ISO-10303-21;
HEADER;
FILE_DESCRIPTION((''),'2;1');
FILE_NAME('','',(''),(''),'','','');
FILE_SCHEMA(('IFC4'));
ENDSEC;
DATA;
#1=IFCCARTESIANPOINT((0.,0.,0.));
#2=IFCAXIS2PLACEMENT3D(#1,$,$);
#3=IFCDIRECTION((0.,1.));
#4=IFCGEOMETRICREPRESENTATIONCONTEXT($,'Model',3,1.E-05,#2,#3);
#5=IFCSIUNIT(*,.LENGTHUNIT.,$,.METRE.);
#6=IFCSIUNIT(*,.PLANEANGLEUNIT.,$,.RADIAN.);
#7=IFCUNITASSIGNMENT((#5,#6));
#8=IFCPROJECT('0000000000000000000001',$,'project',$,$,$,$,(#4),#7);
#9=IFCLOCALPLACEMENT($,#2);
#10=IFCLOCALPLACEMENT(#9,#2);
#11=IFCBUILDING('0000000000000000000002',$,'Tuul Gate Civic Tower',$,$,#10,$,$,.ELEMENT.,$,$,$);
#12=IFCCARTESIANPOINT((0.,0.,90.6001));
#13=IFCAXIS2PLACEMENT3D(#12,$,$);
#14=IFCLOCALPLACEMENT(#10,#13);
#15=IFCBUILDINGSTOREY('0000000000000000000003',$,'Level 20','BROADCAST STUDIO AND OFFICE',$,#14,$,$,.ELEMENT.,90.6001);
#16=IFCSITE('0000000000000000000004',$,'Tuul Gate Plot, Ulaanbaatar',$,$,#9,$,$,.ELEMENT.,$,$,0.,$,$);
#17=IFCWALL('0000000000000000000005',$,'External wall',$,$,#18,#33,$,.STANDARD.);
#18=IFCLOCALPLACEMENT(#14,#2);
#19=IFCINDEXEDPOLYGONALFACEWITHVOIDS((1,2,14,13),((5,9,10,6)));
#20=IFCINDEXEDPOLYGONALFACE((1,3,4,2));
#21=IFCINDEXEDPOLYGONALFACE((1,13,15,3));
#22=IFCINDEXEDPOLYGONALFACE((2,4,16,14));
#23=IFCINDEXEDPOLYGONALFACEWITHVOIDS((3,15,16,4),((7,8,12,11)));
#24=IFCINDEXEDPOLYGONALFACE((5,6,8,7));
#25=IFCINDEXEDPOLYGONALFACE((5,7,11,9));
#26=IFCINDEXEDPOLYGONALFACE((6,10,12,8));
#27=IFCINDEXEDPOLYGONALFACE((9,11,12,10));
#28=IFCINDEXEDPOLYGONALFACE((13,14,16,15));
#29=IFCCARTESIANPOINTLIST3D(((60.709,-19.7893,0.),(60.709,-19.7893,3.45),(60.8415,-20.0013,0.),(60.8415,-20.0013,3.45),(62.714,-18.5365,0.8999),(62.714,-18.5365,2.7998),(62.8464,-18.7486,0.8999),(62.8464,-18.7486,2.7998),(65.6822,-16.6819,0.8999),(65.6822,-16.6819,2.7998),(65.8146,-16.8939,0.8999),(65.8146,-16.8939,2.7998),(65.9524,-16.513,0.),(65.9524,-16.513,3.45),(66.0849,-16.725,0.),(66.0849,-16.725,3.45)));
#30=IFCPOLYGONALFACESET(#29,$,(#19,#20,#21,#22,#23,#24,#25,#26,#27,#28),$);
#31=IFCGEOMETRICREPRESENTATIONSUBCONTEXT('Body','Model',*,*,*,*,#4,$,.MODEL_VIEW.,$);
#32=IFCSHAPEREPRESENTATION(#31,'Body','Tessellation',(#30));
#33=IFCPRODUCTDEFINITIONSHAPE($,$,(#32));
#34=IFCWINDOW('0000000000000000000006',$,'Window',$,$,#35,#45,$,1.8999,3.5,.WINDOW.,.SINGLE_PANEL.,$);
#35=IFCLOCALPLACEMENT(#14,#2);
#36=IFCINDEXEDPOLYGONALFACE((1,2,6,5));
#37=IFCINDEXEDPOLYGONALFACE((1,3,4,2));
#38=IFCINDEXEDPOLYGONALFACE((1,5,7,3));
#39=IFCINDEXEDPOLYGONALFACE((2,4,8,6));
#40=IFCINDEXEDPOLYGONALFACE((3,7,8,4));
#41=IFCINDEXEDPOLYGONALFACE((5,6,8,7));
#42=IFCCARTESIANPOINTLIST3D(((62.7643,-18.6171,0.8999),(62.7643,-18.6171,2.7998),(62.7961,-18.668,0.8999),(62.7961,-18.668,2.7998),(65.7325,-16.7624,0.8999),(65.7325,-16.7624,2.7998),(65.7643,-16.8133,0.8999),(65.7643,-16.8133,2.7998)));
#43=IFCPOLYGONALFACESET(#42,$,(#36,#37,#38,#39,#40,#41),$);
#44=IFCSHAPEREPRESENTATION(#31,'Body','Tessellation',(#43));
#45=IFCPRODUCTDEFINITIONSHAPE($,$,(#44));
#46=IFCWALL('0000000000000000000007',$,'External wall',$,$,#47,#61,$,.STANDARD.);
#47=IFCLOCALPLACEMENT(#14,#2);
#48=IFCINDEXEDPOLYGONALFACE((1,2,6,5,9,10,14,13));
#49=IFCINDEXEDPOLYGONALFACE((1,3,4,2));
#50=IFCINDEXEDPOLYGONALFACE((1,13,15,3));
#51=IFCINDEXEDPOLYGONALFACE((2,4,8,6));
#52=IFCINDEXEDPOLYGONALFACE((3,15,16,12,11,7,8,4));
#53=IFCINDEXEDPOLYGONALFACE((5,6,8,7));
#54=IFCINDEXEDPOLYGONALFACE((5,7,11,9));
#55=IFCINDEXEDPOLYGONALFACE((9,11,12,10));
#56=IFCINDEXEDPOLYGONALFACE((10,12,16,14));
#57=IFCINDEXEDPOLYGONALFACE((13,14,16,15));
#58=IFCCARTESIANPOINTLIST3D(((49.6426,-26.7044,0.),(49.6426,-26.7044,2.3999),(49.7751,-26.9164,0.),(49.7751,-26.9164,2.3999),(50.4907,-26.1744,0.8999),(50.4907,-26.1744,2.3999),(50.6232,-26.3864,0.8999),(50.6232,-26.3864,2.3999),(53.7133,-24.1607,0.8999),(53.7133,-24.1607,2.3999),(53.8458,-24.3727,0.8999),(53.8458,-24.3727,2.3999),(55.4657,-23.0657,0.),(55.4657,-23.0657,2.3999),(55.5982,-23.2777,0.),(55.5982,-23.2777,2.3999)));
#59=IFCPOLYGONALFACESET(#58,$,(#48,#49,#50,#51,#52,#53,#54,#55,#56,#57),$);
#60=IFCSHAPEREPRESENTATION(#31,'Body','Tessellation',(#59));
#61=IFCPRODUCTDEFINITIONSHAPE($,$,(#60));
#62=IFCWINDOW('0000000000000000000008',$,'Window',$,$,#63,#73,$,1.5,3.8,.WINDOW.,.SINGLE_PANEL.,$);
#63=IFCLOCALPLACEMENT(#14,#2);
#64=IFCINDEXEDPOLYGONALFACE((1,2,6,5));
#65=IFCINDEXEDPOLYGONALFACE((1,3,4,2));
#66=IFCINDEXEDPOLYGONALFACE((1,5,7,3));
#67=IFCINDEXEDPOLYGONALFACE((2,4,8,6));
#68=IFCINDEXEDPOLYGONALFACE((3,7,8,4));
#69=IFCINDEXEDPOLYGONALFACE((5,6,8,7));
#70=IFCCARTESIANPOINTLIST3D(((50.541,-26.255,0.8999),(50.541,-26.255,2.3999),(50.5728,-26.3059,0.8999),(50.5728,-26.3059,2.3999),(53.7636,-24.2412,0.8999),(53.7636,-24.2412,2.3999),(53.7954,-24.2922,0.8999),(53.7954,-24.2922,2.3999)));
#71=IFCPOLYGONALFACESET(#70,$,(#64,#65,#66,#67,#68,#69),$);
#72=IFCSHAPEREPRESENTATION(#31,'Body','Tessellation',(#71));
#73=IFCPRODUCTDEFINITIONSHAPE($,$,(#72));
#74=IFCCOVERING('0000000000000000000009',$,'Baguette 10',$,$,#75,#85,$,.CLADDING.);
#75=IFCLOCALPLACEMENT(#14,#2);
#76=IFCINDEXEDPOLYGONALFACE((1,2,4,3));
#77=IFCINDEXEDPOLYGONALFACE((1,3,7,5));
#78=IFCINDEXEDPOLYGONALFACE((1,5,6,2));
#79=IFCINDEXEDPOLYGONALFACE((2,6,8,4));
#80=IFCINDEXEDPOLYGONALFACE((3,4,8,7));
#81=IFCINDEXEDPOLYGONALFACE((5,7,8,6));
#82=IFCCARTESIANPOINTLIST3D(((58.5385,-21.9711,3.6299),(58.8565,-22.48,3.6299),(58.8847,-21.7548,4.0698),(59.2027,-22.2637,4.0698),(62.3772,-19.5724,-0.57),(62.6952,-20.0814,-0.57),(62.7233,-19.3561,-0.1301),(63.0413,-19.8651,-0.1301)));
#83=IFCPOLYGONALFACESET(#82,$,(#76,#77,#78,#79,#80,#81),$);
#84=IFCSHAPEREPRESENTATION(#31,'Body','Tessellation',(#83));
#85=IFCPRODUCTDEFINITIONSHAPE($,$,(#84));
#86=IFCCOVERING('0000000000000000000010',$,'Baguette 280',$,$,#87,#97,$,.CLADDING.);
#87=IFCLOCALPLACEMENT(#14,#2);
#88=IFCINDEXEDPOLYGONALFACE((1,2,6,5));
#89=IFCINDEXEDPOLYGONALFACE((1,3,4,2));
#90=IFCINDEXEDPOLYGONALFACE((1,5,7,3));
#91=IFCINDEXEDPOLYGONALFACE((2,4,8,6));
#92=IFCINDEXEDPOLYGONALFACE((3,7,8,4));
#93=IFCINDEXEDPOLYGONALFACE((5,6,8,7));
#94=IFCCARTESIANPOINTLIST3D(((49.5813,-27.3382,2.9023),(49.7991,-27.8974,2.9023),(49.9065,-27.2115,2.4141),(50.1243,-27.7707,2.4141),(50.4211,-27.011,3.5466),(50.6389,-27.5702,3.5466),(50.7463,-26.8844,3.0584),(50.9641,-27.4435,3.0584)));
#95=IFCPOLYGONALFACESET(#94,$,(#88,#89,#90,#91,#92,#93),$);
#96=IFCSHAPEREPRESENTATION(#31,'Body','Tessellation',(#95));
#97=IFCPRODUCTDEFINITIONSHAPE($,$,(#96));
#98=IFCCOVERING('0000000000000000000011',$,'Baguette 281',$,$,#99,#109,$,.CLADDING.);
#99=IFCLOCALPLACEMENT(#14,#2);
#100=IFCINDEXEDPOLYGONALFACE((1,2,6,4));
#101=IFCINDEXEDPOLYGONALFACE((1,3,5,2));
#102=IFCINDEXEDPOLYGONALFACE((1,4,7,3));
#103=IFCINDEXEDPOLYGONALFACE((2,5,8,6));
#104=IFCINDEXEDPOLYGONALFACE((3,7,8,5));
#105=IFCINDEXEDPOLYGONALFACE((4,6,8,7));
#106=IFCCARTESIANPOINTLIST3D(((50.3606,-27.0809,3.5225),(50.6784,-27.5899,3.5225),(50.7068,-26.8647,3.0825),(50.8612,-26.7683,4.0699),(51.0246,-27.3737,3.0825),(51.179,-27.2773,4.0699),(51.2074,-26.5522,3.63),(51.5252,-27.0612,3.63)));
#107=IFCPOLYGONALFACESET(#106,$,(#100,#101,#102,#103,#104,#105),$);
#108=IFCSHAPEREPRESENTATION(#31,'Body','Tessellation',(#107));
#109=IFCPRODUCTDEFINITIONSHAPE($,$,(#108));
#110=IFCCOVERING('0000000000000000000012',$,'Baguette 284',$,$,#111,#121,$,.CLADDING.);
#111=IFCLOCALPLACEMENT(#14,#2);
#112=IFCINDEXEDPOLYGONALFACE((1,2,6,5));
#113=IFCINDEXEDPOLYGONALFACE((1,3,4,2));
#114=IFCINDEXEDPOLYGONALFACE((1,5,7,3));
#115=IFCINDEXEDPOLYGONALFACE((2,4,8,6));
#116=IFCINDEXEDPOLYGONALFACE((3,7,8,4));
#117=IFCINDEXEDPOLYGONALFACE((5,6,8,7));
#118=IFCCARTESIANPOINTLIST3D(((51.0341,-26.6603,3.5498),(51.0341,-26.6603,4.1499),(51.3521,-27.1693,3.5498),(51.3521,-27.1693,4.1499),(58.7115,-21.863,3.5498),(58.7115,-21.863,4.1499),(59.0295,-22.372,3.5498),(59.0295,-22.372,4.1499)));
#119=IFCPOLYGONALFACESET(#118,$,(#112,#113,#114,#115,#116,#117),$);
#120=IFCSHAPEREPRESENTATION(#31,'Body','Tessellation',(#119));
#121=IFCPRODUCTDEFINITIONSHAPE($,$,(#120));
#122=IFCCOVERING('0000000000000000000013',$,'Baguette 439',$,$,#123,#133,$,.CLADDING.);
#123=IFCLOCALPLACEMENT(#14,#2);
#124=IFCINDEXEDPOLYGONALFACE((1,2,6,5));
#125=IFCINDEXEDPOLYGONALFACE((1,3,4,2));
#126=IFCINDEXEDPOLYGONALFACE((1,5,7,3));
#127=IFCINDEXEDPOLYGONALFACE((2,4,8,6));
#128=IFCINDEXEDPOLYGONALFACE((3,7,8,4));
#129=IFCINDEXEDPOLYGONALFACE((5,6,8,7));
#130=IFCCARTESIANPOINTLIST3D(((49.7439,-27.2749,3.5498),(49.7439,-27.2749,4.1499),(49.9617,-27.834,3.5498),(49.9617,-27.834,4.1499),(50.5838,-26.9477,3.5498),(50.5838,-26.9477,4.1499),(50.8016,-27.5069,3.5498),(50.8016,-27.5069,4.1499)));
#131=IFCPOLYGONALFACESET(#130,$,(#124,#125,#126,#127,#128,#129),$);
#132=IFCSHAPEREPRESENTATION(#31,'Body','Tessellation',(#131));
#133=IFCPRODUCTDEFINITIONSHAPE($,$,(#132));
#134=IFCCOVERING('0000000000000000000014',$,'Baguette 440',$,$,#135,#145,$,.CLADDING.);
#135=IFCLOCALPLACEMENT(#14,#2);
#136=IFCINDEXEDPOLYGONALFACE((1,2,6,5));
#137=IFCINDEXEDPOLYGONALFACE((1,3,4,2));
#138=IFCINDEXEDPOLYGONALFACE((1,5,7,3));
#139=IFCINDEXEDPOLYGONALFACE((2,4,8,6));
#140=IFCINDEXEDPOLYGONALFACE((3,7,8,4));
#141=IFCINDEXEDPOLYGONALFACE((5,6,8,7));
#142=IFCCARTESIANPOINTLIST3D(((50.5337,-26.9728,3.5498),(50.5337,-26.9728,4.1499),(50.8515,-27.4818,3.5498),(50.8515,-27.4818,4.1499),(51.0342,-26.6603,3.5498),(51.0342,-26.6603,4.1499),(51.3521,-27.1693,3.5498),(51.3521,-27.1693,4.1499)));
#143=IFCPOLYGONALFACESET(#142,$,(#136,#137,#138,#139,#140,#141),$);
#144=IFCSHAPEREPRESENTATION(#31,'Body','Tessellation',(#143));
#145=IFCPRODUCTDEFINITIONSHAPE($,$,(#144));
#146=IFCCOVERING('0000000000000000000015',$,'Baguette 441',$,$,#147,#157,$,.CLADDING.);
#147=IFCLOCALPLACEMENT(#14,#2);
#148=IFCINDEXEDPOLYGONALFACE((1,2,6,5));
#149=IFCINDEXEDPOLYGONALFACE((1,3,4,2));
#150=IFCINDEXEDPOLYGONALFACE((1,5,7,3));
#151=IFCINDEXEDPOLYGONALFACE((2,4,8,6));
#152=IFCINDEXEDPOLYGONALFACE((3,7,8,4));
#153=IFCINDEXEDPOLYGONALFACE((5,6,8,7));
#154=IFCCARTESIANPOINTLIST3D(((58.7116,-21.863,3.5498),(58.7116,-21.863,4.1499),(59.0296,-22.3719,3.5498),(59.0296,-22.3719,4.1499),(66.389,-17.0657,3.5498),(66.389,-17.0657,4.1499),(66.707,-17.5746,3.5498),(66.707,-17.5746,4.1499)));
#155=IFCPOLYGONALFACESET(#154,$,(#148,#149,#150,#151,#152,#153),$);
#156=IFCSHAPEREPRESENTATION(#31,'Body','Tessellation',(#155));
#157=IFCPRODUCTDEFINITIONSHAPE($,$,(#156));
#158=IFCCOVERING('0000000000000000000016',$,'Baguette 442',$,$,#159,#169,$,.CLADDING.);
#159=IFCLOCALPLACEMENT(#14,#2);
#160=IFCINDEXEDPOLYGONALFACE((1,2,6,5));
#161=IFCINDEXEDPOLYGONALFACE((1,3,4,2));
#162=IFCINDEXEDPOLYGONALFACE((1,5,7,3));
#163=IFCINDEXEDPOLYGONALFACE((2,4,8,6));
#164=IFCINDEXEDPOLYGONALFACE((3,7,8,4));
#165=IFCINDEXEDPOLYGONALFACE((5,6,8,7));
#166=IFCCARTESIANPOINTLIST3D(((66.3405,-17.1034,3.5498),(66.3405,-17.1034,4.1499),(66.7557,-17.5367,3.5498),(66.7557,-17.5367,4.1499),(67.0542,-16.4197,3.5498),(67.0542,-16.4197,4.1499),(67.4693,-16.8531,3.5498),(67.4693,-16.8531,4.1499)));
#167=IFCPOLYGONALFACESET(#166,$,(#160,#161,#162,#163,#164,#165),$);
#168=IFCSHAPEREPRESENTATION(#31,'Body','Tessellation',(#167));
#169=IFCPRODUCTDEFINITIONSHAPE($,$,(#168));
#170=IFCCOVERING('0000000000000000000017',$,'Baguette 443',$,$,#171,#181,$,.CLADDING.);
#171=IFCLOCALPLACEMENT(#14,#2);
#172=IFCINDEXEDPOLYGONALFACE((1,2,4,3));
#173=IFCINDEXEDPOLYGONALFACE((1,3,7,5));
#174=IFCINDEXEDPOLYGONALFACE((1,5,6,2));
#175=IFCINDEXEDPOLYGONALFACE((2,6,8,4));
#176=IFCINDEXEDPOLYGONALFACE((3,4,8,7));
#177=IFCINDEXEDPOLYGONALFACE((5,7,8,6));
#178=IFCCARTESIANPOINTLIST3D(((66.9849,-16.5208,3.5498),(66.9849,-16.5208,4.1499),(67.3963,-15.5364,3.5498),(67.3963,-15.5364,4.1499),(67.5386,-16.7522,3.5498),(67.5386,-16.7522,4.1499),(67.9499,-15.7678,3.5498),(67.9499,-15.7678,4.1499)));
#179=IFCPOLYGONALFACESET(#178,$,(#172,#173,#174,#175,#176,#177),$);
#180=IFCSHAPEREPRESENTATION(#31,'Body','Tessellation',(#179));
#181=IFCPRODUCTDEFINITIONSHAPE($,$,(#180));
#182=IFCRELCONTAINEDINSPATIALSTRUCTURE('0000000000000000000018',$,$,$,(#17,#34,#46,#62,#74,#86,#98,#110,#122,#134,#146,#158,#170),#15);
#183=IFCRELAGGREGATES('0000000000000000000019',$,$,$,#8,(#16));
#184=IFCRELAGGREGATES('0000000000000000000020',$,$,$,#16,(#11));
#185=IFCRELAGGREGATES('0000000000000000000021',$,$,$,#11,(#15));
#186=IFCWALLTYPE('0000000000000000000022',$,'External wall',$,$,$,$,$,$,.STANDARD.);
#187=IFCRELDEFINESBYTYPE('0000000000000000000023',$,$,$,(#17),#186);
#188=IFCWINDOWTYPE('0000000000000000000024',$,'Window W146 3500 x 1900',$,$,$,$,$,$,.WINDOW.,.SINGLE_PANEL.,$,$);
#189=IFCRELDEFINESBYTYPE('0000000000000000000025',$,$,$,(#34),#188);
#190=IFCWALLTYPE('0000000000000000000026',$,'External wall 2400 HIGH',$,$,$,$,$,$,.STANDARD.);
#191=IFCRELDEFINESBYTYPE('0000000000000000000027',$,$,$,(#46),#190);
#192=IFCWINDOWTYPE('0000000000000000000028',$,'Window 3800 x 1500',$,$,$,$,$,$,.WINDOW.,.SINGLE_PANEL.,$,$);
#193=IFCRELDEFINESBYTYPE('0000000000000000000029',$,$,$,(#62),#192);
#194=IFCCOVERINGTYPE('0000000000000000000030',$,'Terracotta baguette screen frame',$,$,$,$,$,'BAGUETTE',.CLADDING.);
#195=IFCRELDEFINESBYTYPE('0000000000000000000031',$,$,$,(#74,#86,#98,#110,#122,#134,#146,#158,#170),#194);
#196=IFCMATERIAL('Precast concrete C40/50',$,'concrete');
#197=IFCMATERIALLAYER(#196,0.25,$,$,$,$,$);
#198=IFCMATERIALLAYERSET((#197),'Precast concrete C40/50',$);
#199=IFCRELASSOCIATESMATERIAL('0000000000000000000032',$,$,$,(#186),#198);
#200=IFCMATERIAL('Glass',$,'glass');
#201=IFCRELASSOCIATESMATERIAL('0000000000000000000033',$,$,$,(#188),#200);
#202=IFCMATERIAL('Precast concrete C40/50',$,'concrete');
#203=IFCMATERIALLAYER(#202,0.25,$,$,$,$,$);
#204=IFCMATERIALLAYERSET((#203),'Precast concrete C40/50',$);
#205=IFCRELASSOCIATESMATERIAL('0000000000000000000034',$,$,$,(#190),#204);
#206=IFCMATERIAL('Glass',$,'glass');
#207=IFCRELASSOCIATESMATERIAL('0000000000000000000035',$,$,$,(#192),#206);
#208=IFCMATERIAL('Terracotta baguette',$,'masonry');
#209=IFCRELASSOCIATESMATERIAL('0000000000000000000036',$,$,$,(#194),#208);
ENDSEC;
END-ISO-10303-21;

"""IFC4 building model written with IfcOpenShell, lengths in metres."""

from ifc_helpers import new_model, si_unit, direction, frame, frame_2d, origin, origin_2d, place, context, subcontext, project, spatial, rectangle, extrude, material, layer, layer_set, material_profile, profile_set, type_object, element, fill, save


model = new_model("IFC4")

# Units and contexts
model_context = context("Model", 3, precision=1e-05, world=origin(), true_north=direction((0.0, 1.0)))
body_context = subcontext(model_context, "Body", "Model", "MODEL_VIEW")
ifc_project = project(units=[si_unit("LENGTHUNIT", "METRE"), si_unit("PLANEANGLEUNIT", "RADIAN")], contexts=[model_context])

# Site, building, storey
site_placement = place(None, origin())
site = spatial("IfcSite", under=ifc_project, at=site_placement, Name="Tuul Gate Plot, Ulaanbaatar", CompositionType="ELEMENT", RefElevation=0.0)
building_placement = place(site_placement, origin())
building = spatial("IfcBuilding", under=site, at=building_placement, Name="Tuul Gate Civic Tower", CompositionType="ELEMENT")
storey_placement = place(building_placement, frame((0.0, 0.0, 90.6001)))
storey = spatial("IfcBuildingStorey", under=building, at=storey_placement, Name="Level 20", Description="BROADCAST STUDIO AND OFFICE", CompositionType="ELEMENT", Elevation=90.6001)

# Shared definitions
ifc_material_1 = material(Name="Precast concrete C40/50", Category="concrete")
ifc_layer_1 = layer(ifc_material_1, 0.25)
ifc_layer_set_1 = layer_set([ifc_layer_1], Name="Precast concrete C40/50")
wall_type_1 = type_object("IfcWallType", Name="External wall", PredefinedType="STANDARD", material=ifc_layer_set_1)

# Walls, openings, windows
wall_1_placement = place(storey_placement, frame((60.7754, -19.8953, 0.0), z_axis=(0.0, 0.0, 1.0), x_axis=(0.848054, 0.52991, 0.0)))
wall_1 = element("IfcWall", 1, at=wall_1_placement, inside=storey, type_object=wall_type_1, Name="External wall", PredefinedType="STANDARD", context=body_context, shape_type="SweptSolid", body=[
    extrude(rectangle(XDim=6.1829, YDim=0.25, at=frame_2d((3.0913, 0.0))), origin(), (0.0, 0.0, 1.0), 3.45),
])
opening_1_placement = place(wall_1_placement, frame((2.364, 0.0, 0.8999)))
opening_1 = element("IfcOpeningElement", 2, at=opening_1_placement, cuts=wall_1, PredefinedType="OPENING", context=body_context, shape_type="SweptSolid", body=[
    extrude(rectangle(XDim=3.5, YDim=1.8999, at=frame_2d((1.75, 0.95))), frame((0.0, 0.135, 0.0), z_axis=(0.0, -1.0, 0.0), x_axis=(1.0, 0.0, 0.0)), (0.0, 0.0, 1.0), 0.27),
])
ifc_material_2 = material(Name="Glass", Category="glass")
window_type_1 = type_object("IfcWindowType", Name="Window W146 3500 x 1900", PartitioningType="SINGLE_PANEL", PredefinedType="WINDOW", material=ifc_material_2)
window_1_placement = place(opening_1_placement, origin())
window_1 = element("IfcWindow", 3, at=window_1_placement, inside=storey, type_object=window_type_1, Name="Window", OverallHeight=1.8999, OverallWidth=3.5, PartitioningType="SINGLE_PANEL", PredefinedType="WINDOW", context=body_context, shape_type="SweptSolid", body=[
    extrude(rectangle(XDim=3.5, YDim=1.8999, at=frame_2d((1.75, 0.95))), frame((0.0, 0.03, 0.0), z_axis=(0.0, -1.0, 0.0), x_axis=(1.0, 0.0, 0.0)), (0.0, 0.0, 1.0), 0.0601),
])
fill(opening_1, window_1)
ifc_material_3 = material(Name="Precast concrete C40/50", Category="concrete")
ifc_layer_2 = layer(ifc_material_3, 0.25)
ifc_layer_set_2 = layer_set([ifc_layer_2], Name="Precast concrete C40/50")
wall_type_2 = type_object("IfcWallType", Name="External wall 2400 HIGH", PredefinedType="STANDARD", material=ifc_layer_set_2)
wall_2_placement = place(storey_placement, frame((49.709, -26.8103, 0.0), z_axis=(0.0, 0.0, 1.0), x_axis=(0.848044, 0.529925, 0.0)))
wall_2 = element("IfcWall", 4, at=wall_2_placement, inside=storey, type_object=wall_type_2, Name="External wall", PredefinedType="STANDARD", context=body_context, shape_type="SweptSolid", body=[
    extrude(rectangle(XDim=6.8665, YDim=0.25, at=frame_2d((3.4331, 0.0))), origin(), (0.0, 0.0, 1.0), 2.3999),
])
opening_2_placement = place(wall_2_placement, frame((1.0, 0.0, 0.8999)))
opening_2 = element("IfcOpeningElement", 5, at=opening_2_placement, cuts=wall_2, PredefinedType="OPENING", context=body_context, shape_type="SweptSolid", body=[
    extrude(rectangle(XDim=3.8, YDim=1.5, at=frame_2d((1.8999, 0.75))), frame((0.0, 0.135, 0.0), z_axis=(0.0, -1.0, 0.0), x_axis=(1.0, 0.0, 0.0)), (0.0, 0.0, 1.0), 0.27),
])
ifc_material_4 = material(Name="Glass", Category="glass")
window_type_2 = type_object("IfcWindowType", Name="Window 3800 x 1500", PartitioningType="SINGLE_PANEL", PredefinedType="WINDOW", material=ifc_material_4)
window_2_placement = place(opening_2_placement, origin())
window_2 = element("IfcWindow", 6, at=window_2_placement, inside=storey, type_object=window_type_2, Name="Window", OverallHeight=1.5, OverallWidth=3.8, PartitioningType="SINGLE_PANEL", PredefinedType="WINDOW", context=body_context, shape_type="SweptSolid", body=[
    extrude(rectangle(XDim=3.8, YDim=1.5, at=frame_2d((1.8999, 0.75))), frame((0.0, 0.03, 0.0), z_axis=(0.0, -1.0, 0.0), x_axis=(1.0, 0.0, 0.0)), (0.0, 0.0, 1.0), 0.0601),
])
fill(opening_2, window_2)

# Coverings
ifc_material_5 = material(Name="Terracotta baguette", Category="masonry")
ifc_material_profile_1 = material_profile(ifc_material_5, rectangle(XDim=0.6001, YDim=0.6001, at=origin_2d()), Name="Terracotta baguette screen frame")
ifc_profile_set_1 = profile_set([ifc_material_profile_1], Name="Terracotta baguette")
covering_type = type_object("IfcCoveringType", Name="Terracotta baguette screen frame", ElementType="BAGUETTE", PredefinedType="CLADDING", material=ifc_profile_set_1)
covering_1_placement = place(storey_placement, frame((62.7092, -19.7188, -0.3501), z_axis=(-0.621658, -0.388462, 0.680175), x_axis=(0.529926, -0.848044, 0.0)))
element("IfcCovering", 7, at=covering_1_placement, inside=storey, type_object=covering_type, Name="Baguette 10", PredefinedType="CLADDING", context=body_context, shape_type="SweptSolid", body=[
    extrude(rectangle(XDim=0.6001, YDim=0.6001, at=origin_2d()), origin(), (0.0, 0.0, 1.0), 6.1748),
])
covering_2_placement = place(storey_placement, frame((49.8528, -27.5544, 2.6582), z_axis=(0.758042, 0.295284, 0.581533), x_axis=(-0.362969, 0.931801, 0.0)))
element("IfcCovering", 8, at=covering_2_placement, inside=storey, type_object=covering_type, Name="Baguette 280", PredefinedType="CLADDING", context=body_context, shape_type="SweptSolid", body=[
    extrude(rectangle(XDim=0.6001, YDim=0.6001, at=origin_2d()), origin(), (0.0, 0.0, 1.0), 1.1079),
])
covering_3_placement = place(storey_placement, frame((50.6926, -27.2273, 3.3025), z_axis=(0.621856, 0.388281, 0.680098), x_axis=(-0.529627, 0.848231, 0.0)))
element("IfcCovering", 9, at=covering_3_placement, inside=storey, type_object=covering_type, Name="Baguette 281", PredefinedType="CLADDING", context=body_context, shape_type="SweptSolid", body=[
    extrude(rectangle(XDim=0.6001, YDim=0.6001, at=origin_2d()), origin(), (0.0, 0.0, 1.0), 0.8049),
])
covering_4_placement = place(storey_placement, frame((51.1931, -26.9148, 3.8499), z_axis=(0.848051, 0.529914, 0.0), x_axis=(-0.529914, 0.848051, 0.0)))
element("IfcCovering", 10, at=covering_4_placement, inside=storey, type_object=covering_type, Name="Baguette 284", PredefinedType="CLADDING", context=body_context, shape_type="SweptSolid", body=[
    extrude(rectangle(XDim=0.6001, YDim=0.6001, at=origin_2d()), origin(), (0.0, 0.0, 1.0), 9.053),
])
covering_5_placement = place(storey_placement, frame((49.8528, -27.5544, 3.8499), z_axis=(0.931801, 0.362969, 0.0), x_axis=(-0.362969, 0.931801, 0.0)))
element("IfcCovering", 11, at=covering_5_placement, inside=storey, type_object=covering_type, Name="Baguette 439", PredefinedType="CLADDING", context=body_context, shape_type="SweptSolid", body=[
    extrude(rectangle(XDim=0.6001, YDim=0.6001, at=origin_2d()), origin(), (0.0, 0.0, 1.0), 0.9014),
])
covering_6_placement = place(storey_placement, frame((50.6926, -27.2273, 3.8499), z_axis=(0.848231, 0.529627, 0.0), x_axis=(-0.529627, 0.848231, 0.0)))
element("IfcCovering", 12, at=covering_6_placement, inside=storey, type_object=covering_type, Name="Baguette 440", PredefinedType="CLADDING", context=body_context, shape_type="SweptSolid", body=[
    extrude(rectangle(XDim=0.6001, YDim=0.6001, at=origin_2d()), origin(), (0.0, 0.0, 1.0), 0.5901),
])
covering_7_placement = place(storey_placement, frame((58.8706, -22.1174, 3.8499), z_axis=(0.848051, 0.529914, 0.0), x_axis=(-0.529914, 0.848051, 0.0)))
element("IfcCovering", 13, at=covering_7_placement, inside=storey, type_object=covering_type, Name="Baguette 441", PredefinedType="CLADDING", context=body_context, shape_type="SweptSolid", body=[
    extrude(rectangle(XDim=0.6001, YDim=0.6001, at=origin_2d()), origin(), (0.0, 0.0, 1.0), 9.053),
])
covering_8_placement = place(storey_placement, frame((66.5481, -17.3201, 3.8499), z_axis=(0.722137, 0.69175, 0.0), x_axis=(-0.69175, 0.722137, 0.0)))
element("IfcCovering", 14, at=covering_8_placement, inside=storey, type_object=covering_type, Name="Baguette 442", PredefinedType="CLADDING", context=body_context, shape_type="SweptSolid", body=[
    extrude(rectangle(XDim=0.6001, YDim=0.6001, at=origin_2d()), origin(), (0.0, 0.0, 1.0), 0.9883),
])
covering_9_placement = place(storey_placement, frame((67.2617, -16.6365, 3.8499), z_axis=(0.38559, 0.92267, 0.0), x_axis=(-0.92267, 0.38559, 0.0)))
element("IfcCovering", 15, at=covering_9_placement, inside=storey, type_object=covering_type, Name="Baguette 443", PredefinedType="CLADDING", context=body_context, shape_type="SweptSolid", body=[
    extrude(rectangle(XDim=0.6001, YDim=0.6001, at=origin_2d()), origin(), (0.0, 0.0, 1.0), 1.0669),
])

save(model, "model.ifc")
